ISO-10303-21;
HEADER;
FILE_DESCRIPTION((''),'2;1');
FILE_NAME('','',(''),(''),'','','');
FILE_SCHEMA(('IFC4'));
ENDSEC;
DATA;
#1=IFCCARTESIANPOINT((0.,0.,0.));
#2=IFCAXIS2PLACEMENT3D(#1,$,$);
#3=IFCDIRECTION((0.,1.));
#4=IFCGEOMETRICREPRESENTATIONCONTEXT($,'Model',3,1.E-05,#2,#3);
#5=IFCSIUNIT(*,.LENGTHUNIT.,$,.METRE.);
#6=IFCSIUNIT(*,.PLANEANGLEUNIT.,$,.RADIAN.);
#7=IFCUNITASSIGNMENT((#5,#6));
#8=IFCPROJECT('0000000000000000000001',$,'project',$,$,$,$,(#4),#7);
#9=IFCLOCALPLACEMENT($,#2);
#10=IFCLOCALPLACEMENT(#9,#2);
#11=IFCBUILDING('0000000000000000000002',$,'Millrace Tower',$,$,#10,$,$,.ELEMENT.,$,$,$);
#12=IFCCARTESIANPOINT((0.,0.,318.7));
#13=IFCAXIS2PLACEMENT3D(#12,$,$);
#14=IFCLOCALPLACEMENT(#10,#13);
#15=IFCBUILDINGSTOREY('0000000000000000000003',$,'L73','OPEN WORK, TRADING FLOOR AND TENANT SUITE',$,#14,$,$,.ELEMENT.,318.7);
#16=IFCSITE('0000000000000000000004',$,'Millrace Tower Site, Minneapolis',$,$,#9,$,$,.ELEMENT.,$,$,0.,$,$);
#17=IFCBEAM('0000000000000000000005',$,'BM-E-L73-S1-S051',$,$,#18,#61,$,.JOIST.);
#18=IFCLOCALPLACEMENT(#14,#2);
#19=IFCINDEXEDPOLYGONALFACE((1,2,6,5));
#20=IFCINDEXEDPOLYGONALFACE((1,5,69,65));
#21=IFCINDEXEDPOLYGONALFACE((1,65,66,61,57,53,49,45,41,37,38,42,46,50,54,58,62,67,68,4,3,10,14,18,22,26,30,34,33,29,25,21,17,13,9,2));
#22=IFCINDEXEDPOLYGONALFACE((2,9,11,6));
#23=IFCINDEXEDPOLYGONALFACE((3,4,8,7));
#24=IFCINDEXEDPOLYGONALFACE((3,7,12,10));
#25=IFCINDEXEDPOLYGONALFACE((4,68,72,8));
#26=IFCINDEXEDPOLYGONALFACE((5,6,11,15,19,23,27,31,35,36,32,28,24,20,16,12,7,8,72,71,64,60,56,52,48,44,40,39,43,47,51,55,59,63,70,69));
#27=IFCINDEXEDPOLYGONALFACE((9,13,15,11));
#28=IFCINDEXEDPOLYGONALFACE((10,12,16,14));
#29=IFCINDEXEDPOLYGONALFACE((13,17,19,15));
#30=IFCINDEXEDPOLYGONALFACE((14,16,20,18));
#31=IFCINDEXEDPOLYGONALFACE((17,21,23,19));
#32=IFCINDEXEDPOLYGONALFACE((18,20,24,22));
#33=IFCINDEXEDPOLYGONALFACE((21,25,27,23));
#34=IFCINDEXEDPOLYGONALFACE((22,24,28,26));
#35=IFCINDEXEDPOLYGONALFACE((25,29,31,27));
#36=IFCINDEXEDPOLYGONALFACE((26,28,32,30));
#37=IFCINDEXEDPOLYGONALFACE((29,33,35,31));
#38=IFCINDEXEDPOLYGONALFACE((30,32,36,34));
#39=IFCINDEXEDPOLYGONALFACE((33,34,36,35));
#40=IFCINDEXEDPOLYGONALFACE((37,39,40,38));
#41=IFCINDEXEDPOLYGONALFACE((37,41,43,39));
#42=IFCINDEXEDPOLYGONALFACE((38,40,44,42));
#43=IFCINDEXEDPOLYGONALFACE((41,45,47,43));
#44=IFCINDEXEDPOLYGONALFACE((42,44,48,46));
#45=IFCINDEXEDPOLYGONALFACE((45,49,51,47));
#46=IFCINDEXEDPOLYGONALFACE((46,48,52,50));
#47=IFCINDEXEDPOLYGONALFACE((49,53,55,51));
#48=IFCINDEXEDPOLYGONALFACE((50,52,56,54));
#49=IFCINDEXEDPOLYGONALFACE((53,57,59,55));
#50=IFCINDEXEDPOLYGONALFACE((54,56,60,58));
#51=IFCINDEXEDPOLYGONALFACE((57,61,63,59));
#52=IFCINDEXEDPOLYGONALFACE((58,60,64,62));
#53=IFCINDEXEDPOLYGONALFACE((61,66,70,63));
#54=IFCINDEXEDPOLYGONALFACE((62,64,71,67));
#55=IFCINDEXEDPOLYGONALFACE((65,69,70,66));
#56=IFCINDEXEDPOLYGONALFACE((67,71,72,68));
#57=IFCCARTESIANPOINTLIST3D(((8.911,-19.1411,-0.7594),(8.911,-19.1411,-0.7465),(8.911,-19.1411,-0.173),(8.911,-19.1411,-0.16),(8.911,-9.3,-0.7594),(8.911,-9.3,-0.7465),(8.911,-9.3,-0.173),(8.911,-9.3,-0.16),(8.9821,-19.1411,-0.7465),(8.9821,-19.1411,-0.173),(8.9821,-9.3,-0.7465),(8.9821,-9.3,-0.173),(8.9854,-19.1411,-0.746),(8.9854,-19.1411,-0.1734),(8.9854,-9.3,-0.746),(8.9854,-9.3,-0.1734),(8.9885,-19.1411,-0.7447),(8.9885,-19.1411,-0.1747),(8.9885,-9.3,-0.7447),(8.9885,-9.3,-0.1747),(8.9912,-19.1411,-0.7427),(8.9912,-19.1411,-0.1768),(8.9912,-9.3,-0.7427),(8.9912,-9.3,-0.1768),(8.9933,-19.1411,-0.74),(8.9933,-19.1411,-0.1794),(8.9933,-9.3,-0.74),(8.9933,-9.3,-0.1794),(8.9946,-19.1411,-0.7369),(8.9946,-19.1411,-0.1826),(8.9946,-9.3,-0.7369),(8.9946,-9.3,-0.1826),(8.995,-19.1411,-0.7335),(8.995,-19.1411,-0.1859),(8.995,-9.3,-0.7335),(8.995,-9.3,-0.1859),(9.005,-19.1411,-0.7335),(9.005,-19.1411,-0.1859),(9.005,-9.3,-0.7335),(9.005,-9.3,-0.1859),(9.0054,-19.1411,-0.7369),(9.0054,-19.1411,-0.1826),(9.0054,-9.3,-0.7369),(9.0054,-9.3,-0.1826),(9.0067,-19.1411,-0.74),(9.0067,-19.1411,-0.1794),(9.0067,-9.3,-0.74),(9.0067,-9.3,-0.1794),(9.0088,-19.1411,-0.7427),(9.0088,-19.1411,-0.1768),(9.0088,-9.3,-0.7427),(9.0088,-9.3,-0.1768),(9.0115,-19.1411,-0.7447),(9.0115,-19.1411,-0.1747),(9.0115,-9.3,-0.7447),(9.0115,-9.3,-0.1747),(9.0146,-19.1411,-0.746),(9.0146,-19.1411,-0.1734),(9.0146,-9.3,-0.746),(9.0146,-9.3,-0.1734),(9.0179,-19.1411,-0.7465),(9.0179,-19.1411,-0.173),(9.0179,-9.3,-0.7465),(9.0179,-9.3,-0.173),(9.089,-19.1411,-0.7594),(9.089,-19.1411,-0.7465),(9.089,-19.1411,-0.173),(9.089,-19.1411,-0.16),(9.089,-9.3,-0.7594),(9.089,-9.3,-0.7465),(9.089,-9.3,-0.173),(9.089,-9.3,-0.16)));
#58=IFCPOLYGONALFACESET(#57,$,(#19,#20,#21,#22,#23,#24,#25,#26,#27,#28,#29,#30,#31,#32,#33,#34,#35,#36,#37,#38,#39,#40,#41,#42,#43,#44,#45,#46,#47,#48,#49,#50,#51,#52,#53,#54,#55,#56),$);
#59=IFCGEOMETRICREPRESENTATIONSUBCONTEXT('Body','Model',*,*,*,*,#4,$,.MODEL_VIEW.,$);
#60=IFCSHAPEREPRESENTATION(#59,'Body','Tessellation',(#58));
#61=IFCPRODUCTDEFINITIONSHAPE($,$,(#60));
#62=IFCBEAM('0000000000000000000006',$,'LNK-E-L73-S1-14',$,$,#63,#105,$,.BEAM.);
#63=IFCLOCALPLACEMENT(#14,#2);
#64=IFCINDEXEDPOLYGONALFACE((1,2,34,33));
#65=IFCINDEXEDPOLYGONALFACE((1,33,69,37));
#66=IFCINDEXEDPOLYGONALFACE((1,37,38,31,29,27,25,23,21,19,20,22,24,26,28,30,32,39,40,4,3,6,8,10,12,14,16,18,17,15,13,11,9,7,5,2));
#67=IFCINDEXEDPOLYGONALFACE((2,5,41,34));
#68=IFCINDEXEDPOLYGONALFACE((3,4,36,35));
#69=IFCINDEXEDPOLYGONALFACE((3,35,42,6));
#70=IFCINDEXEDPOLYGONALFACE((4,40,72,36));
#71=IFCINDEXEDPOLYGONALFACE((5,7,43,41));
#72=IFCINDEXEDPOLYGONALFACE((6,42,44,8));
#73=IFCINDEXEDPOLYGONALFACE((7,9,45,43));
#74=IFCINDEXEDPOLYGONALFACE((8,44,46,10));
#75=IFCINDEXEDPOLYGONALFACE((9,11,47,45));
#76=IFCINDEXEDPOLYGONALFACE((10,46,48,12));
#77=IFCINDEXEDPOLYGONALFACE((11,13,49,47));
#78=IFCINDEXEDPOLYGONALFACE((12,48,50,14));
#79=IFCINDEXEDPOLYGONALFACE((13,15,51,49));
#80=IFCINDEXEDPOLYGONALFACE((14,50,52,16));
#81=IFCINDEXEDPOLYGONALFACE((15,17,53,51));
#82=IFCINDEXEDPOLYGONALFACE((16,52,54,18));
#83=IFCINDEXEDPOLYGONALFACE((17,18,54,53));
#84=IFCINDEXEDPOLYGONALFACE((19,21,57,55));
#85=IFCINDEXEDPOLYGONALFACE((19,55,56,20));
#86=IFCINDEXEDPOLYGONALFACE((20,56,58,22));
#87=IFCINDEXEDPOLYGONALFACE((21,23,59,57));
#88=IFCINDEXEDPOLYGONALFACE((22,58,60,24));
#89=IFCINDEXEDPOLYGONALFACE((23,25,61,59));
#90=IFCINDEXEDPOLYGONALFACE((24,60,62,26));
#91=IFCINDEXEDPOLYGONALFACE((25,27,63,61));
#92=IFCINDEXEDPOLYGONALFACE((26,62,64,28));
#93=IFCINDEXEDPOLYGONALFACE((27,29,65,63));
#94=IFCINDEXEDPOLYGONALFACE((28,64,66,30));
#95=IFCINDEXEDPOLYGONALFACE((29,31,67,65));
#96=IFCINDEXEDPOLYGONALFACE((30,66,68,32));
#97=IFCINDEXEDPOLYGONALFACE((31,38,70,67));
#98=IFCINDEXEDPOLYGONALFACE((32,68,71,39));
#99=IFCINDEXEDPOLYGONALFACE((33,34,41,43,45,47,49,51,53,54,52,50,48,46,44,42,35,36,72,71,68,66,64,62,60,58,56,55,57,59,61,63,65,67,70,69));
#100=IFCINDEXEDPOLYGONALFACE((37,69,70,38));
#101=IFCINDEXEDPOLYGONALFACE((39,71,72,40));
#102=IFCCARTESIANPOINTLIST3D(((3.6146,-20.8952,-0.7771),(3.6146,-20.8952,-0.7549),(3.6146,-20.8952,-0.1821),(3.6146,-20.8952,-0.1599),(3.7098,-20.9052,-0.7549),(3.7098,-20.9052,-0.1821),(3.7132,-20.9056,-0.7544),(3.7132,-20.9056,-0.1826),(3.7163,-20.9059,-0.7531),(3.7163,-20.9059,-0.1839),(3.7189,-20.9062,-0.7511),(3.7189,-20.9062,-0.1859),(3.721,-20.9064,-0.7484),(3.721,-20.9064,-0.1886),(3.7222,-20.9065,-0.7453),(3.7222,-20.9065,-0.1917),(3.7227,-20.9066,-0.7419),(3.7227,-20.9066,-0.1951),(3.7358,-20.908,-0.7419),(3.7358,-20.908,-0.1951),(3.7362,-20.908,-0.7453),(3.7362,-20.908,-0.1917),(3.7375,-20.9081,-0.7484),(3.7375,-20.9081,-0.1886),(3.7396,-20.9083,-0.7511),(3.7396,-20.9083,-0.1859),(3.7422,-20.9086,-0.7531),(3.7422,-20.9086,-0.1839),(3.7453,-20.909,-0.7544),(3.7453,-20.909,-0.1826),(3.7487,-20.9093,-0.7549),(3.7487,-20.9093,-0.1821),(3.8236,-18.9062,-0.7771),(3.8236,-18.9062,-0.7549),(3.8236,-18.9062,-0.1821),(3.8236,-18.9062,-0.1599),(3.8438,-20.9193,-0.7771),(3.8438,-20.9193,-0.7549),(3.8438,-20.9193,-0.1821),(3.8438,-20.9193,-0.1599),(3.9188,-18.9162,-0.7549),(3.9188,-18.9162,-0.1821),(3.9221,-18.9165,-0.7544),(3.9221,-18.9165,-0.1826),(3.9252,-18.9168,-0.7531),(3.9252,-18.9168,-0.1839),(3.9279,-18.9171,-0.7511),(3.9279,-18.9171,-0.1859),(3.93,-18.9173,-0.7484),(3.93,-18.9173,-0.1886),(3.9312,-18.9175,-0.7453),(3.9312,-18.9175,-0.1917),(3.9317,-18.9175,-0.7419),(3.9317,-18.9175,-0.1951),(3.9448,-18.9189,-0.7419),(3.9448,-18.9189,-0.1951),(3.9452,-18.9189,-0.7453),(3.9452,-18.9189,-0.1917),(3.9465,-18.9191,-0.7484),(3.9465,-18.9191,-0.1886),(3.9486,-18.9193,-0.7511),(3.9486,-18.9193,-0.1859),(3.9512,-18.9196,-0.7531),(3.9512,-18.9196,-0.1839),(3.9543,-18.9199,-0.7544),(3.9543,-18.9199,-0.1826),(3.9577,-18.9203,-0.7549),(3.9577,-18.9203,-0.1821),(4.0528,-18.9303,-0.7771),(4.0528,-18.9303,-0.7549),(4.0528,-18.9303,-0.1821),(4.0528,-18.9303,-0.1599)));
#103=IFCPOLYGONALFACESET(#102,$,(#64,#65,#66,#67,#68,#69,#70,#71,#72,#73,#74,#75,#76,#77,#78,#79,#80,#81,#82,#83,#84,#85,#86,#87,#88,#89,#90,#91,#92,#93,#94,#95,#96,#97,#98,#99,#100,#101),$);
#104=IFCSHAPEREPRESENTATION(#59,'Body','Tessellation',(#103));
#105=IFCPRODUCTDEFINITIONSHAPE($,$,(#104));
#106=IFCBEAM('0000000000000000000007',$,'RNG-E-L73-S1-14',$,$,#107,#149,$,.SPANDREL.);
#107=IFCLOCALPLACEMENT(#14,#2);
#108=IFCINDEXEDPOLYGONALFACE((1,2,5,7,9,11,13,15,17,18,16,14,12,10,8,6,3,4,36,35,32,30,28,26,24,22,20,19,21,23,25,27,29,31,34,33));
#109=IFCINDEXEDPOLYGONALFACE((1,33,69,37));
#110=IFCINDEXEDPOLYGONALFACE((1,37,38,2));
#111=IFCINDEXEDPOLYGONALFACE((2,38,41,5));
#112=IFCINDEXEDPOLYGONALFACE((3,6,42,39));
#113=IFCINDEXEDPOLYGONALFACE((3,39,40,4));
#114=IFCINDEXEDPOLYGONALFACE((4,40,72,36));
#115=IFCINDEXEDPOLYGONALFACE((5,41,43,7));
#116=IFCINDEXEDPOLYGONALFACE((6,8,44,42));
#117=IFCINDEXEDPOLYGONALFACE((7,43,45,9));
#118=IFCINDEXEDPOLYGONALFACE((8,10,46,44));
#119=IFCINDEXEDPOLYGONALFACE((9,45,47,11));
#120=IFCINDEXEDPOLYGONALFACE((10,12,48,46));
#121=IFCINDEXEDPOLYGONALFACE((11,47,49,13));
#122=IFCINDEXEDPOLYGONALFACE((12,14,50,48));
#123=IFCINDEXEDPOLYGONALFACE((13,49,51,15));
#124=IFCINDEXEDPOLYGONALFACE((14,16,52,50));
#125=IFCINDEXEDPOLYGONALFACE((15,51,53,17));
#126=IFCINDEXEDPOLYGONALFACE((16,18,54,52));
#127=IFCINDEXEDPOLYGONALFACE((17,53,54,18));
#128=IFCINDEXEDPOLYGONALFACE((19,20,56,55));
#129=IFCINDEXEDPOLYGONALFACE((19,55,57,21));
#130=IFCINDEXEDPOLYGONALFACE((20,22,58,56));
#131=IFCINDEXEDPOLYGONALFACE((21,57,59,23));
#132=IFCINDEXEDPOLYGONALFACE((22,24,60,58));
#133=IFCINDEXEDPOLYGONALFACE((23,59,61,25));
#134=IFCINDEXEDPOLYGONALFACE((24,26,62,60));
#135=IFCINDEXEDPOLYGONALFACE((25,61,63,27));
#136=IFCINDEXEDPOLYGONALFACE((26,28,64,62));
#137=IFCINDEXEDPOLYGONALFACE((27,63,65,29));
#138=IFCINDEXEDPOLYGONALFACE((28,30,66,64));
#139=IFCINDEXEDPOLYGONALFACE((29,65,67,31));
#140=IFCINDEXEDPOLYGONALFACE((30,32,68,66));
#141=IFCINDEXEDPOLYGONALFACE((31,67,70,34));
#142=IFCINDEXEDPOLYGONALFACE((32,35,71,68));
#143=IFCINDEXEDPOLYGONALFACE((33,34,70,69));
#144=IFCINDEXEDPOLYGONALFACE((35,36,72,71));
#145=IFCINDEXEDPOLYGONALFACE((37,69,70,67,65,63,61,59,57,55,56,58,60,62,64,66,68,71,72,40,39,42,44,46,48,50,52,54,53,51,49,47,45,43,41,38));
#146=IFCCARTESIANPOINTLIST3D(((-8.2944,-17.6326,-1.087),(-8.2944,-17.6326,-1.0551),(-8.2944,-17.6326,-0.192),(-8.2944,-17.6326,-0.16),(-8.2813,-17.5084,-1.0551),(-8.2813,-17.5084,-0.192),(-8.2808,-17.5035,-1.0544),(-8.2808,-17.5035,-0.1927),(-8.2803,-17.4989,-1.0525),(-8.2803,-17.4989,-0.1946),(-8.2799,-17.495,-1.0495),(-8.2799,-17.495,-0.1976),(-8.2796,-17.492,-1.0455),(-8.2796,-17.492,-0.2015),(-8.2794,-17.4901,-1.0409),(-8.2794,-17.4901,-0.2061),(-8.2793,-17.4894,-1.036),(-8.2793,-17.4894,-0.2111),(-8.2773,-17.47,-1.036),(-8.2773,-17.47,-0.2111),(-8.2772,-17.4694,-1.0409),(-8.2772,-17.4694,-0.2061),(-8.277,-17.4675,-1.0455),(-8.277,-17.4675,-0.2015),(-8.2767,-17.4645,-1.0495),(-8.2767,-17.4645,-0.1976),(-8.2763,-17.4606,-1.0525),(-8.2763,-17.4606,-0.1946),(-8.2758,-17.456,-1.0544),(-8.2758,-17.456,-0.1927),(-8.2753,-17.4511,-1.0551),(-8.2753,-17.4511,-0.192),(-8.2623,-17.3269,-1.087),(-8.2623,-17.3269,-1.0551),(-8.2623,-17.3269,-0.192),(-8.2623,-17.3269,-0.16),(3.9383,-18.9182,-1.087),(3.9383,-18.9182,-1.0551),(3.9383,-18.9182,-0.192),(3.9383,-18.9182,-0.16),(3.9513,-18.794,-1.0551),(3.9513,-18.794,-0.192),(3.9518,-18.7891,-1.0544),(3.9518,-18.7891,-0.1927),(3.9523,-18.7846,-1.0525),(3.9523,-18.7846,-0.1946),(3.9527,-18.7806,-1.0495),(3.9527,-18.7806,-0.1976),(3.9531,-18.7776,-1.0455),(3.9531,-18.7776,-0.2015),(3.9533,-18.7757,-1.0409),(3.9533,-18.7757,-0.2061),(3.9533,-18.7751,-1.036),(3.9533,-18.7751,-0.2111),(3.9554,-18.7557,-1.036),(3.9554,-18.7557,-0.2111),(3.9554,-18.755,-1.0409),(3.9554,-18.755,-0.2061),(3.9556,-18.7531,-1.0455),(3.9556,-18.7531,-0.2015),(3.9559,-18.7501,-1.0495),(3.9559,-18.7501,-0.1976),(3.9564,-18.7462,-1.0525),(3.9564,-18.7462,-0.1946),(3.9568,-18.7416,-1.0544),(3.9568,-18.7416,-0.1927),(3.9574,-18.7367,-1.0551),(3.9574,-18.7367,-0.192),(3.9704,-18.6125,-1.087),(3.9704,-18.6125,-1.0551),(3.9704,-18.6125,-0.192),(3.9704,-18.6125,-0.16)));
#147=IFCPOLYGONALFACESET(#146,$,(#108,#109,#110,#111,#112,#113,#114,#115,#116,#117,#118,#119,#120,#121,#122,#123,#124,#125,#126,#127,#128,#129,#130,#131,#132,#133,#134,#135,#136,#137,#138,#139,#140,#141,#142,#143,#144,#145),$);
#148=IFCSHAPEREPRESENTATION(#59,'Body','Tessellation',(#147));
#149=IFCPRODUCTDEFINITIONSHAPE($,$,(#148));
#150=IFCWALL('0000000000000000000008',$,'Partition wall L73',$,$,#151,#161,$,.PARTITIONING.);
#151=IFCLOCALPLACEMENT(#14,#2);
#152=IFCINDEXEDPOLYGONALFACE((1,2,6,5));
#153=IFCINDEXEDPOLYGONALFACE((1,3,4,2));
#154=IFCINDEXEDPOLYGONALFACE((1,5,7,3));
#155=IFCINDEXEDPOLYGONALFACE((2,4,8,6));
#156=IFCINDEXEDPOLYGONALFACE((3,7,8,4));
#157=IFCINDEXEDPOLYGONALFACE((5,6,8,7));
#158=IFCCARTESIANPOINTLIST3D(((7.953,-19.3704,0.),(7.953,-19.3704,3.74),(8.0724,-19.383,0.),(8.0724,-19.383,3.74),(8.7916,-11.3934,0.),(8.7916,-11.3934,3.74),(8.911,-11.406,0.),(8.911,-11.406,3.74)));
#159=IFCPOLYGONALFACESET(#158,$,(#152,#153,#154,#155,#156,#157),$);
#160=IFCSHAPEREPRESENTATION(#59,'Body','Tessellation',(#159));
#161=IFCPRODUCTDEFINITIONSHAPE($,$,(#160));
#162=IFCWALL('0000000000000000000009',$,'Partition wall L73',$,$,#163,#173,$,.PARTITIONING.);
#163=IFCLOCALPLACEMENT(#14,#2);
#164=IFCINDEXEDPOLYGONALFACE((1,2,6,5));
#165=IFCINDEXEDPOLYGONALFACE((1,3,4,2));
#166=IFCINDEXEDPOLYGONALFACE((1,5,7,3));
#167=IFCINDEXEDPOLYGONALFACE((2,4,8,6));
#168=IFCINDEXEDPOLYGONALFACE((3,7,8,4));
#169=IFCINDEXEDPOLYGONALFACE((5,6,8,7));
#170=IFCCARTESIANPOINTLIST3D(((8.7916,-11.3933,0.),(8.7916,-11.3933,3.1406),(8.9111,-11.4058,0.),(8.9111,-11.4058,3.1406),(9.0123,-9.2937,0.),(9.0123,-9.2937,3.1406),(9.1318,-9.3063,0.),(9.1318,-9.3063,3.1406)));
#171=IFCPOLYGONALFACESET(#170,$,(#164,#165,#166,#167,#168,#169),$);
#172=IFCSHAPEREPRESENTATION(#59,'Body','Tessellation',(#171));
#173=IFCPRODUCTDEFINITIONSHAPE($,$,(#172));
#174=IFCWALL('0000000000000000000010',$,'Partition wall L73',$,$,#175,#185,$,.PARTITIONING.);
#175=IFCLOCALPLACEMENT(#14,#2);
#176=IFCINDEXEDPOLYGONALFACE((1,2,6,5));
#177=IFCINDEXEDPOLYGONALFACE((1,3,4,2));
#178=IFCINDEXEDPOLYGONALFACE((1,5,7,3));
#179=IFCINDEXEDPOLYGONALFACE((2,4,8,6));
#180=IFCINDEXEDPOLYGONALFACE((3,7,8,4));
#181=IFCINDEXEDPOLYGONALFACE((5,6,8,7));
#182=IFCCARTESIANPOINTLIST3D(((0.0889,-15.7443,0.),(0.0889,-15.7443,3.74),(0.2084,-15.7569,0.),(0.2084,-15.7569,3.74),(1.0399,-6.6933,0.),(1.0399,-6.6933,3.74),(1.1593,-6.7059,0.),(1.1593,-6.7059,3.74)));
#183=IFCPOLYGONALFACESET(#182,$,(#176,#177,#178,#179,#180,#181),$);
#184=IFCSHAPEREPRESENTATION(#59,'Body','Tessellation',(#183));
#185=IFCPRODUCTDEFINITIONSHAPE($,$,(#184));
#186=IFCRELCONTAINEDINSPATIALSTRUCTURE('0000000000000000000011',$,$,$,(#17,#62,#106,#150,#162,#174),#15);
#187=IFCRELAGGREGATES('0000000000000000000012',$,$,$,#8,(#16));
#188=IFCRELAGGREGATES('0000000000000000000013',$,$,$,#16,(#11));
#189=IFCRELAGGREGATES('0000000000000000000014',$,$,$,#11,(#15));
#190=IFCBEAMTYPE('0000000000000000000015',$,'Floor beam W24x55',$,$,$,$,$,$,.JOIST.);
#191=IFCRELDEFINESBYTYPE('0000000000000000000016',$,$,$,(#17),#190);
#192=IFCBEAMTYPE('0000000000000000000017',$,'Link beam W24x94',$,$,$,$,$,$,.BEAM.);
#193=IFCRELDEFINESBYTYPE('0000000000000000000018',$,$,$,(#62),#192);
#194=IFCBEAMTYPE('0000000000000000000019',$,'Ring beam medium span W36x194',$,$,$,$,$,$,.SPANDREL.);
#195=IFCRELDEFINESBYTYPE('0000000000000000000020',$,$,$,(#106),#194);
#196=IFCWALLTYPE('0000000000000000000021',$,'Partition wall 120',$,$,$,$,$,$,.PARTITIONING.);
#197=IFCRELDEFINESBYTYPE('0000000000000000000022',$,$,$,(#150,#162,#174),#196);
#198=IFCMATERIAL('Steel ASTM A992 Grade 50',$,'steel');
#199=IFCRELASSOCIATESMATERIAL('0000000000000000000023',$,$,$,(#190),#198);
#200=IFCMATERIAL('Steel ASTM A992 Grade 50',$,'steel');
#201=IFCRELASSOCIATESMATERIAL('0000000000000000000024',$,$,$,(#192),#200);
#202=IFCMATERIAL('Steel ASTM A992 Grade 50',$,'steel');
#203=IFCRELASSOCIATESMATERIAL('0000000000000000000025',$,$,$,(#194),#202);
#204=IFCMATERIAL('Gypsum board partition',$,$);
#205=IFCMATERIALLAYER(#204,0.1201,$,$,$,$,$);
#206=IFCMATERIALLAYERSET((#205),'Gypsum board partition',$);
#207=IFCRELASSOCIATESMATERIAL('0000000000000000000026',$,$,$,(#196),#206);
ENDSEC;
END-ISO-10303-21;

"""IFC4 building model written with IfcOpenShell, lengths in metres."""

from ifc_helpers import new_model, si_unit, direction, frame, frame_2d, origin, origin_2d, place, context, subcontext, project, spatial, rectangle, i_section, extrude, material, layer, layer_set, material_profile, profile_set, type_object, element, save


model = new_model("IFC4")

# Units and contexts
model_context = context("Model", 3, precision=1e-05, world=origin(), true_north=direction((0.0, 1.0)))
body_context = subcontext(model_context, "Body", "Model", "MODEL_VIEW")
ifc_project = project(units=[si_unit("LENGTHUNIT", "METRE"), si_unit("PLANEANGLEUNIT", "RADIAN")], contexts=[model_context])

# Site, building, storey
site_placement = place(None, origin())
site = spatial("IfcSite", under=ifc_project, at=site_placement, Name="Millrace Tower Site, Minneapolis", CompositionType="ELEMENT", RefElevation=0.0)
building_placement = place(site_placement, origin())
building = spatial("IfcBuilding", under=site, at=building_placement, Name="Millrace Tower", CompositionType="ELEMENT")
storey_placement = place(building_placement, frame((0.0, 0.0, 318.7)))
storey = spatial("IfcBuildingStorey", under=building, at=storey_placement, Name="L73", Description="OPEN WORK, TRADING FLOOR AND TENANT SUITE", CompositionType="ELEMENT", Elevation=318.7)

# Beams
ifc_material_1 = material(Name="Steel ASTM A992 Grade 50", Category="steel")
ifc_material_profile_1 = material_profile(ifc_material_1, i_section(OverallWidth=0.178, OverallDepth=0.5994, WebThickness=0.01, FlangeThickness=0.0129, FilletRadius=0.0129, at=origin_2d()))
ifc_profile_set_1 = profile_set([ifc_material_profile_1], Name="Steel ASTM A992 Grade 50")
beam_type_1 = type_object("IfcBeamType", Name="Floor beam W24x55", PredefinedType="JOIST", material=ifc_profile_set_1)
beam_1_placement = place(storey_placement, frame((9.0, -19.1411, -0.4597), z_axis=(0.0, 1.0, 0.0), x_axis=(-1.0, 0.0, 0.0)))
element("IfcBeam", 1, at=beam_1_placement, inside=storey, type_object=beam_type_1, Name="BM-E-L73-S1-S051", PredefinedType="JOIST", context=body_context, shape_type="SweptSolid", body=[
    extrude(i_section(OverallWidth=0.178, OverallDepth=0.5994, WebThickness=0.01, FlangeThickness=0.0129, FilletRadius=0.0129, at=origin_2d()), origin(), (0.0, 0.0, 1.0), 9.8411),
])
ifc_material_2 = material(Name="Steel ASTM A992 Grade 50", Category="steel")
ifc_material_profile_2 = material_profile(ifc_material_2, i_section(OverallWidth=0.2305, OverallDepth=0.6172, WebThickness=0.0132, FlangeThickness=0.0222, FilletRadius=0.0129, at=origin_2d()))
ifc_profile_set_2 = profile_set([ifc_material_profile_2], Name="Steel ASTM A992 Grade 50")
beam_type_2 = type_object("IfcBeamType", Name="Link beam W24x94", PredefinedType="BEAM", material=ifc_profile_set_2)
beam_2_placement = place(storey_placement, frame((3.9382, -18.9182, -0.4685), z_axis=(-0.104494, -0.994526, 0.0), x_axis=(0.994526, -0.104494, 0.0)))
element("IfcBeam", 2, at=beam_2_placement, inside=storey, type_object=beam_type_2, Name="LNK-E-L73-S1-14", PredefinedType="BEAM", context=body_context, shape_type="SweptSolid", body=[
    extrude(i_section(OverallWidth=0.2305, OverallDepth=0.6172, WebThickness=0.0132, FlangeThickness=0.0222, FilletRadius=0.0129, at=origin_2d()), origin(), (0.0, 0.0, 1.0), 2.0),
])
ifc_material_3 = material(Name="Steel ASTM A992 Grade 50", Category="steel")
ifc_material_profile_3 = material_profile(ifc_material_3, i_section(OverallWidth=0.3074, OverallDepth=0.927, WebThickness=0.0195, FlangeThickness=0.032, FilletRadius=0.019, at=origin_2d()))
ifc_profile_set_3 = profile_set([ifc_material_profile_3], Name="Steel ASTM A992 Grade 50")
beam_type_3 = type_object("IfcBeamType", Name="Ring beam medium span W36x194", PredefinedType="SPANDREL", material=ifc_profile_set_3)
beam_3_placement = place(storey_placement, frame((3.9543, -18.7654, -0.6235), z_axis=(-0.994522, 0.104524, 0.0), x_axis=(-0.104524, -0.994522, 0.0)))
element("IfcBeam", 3, at=beam_3_placement, inside=storey, type_object=beam_type_3, Name="RNG-E-L73-S1-14", PredefinedType="SPANDREL", context=body_context, shape_type="SweptSolid", body=[
    extrude(i_section(OverallWidth=0.3074, OverallDepth=0.927, WebThickness=0.0195, FlangeThickness=0.032, FilletRadius=0.019, at=origin_2d()), origin(), (0.0, 0.0, 1.0), 12.3),
])

# Walls
ifc_material_4 = material(Name="Gypsum board partition")
ifc_layer_1 = layer(ifc_material_4, 0.1201)
ifc_layer_set_1 = layer_set([ifc_layer_1], Name="Gypsum board partition")
wall_type_1 = type_object("IfcWallType", Name="Partition wall 120", PredefinedType="PARTITIONING", material=ifc_layer_set_1)
wall_1_placement = place(storey_placement, frame((8.0127, -19.3767, 0.0), z_axis=(0.0, 0.0, 1.0), x_axis=(0.104553, 0.994519, 0.0)))
element("IfcWall", 4, at=wall_1_placement, inside=storey, type_object=wall_type_1, Name="Partition wall L73", PredefinedType="PARTITIONING", context=body_context, shape_type="SweptSolid", body=[
    extrude(rectangle(XDim=8.021, YDim=0.1201, at=frame_2d((4.0105, 0.0))), origin(), (0.0, 0.0, 1.0), 3.74),
])
wall_2_placement = place(storey_placement, frame((8.8513, -11.3997, 0.0), z_axis=(0.0, 0.0, 1.0), x_axis=(0.10454, 0.994521, 0.0)))
element("IfcWall", 5, at=wall_2_placement, inside=storey, type_object=wall_type_1, Name="Partition wall L73", PredefinedType="PARTITIONING", context=body_context, shape_type="SweptSolid", body=[
    extrude(rectangle(XDim=2.1111, YDim=0.1201, at=frame_2d((1.0557, 0.0))), origin(), (0.0, 0.0, 1.0), 3.1406),
])
wall_3_placement = place(storey_placement, frame((0.1487, -15.7505, 0.0), z_axis=(0.0, 0.0, 1.0), x_axis=(0.104488, 0.994526, 0.0)))
element("IfcWall", 6, at=wall_3_placement, inside=storey, type_object=wall_type_1, Name="Partition wall L73", PredefinedType="PARTITIONING", context=body_context, shape_type="SweptSolid", body=[
    extrude(rectangle(XDim=9.1008, YDim=0.1201, at=frame_2d((4.5503, 0.0))), origin(), (0.0, 0.0, 1.0), 3.74),
])

save(model, "model.ifc")
